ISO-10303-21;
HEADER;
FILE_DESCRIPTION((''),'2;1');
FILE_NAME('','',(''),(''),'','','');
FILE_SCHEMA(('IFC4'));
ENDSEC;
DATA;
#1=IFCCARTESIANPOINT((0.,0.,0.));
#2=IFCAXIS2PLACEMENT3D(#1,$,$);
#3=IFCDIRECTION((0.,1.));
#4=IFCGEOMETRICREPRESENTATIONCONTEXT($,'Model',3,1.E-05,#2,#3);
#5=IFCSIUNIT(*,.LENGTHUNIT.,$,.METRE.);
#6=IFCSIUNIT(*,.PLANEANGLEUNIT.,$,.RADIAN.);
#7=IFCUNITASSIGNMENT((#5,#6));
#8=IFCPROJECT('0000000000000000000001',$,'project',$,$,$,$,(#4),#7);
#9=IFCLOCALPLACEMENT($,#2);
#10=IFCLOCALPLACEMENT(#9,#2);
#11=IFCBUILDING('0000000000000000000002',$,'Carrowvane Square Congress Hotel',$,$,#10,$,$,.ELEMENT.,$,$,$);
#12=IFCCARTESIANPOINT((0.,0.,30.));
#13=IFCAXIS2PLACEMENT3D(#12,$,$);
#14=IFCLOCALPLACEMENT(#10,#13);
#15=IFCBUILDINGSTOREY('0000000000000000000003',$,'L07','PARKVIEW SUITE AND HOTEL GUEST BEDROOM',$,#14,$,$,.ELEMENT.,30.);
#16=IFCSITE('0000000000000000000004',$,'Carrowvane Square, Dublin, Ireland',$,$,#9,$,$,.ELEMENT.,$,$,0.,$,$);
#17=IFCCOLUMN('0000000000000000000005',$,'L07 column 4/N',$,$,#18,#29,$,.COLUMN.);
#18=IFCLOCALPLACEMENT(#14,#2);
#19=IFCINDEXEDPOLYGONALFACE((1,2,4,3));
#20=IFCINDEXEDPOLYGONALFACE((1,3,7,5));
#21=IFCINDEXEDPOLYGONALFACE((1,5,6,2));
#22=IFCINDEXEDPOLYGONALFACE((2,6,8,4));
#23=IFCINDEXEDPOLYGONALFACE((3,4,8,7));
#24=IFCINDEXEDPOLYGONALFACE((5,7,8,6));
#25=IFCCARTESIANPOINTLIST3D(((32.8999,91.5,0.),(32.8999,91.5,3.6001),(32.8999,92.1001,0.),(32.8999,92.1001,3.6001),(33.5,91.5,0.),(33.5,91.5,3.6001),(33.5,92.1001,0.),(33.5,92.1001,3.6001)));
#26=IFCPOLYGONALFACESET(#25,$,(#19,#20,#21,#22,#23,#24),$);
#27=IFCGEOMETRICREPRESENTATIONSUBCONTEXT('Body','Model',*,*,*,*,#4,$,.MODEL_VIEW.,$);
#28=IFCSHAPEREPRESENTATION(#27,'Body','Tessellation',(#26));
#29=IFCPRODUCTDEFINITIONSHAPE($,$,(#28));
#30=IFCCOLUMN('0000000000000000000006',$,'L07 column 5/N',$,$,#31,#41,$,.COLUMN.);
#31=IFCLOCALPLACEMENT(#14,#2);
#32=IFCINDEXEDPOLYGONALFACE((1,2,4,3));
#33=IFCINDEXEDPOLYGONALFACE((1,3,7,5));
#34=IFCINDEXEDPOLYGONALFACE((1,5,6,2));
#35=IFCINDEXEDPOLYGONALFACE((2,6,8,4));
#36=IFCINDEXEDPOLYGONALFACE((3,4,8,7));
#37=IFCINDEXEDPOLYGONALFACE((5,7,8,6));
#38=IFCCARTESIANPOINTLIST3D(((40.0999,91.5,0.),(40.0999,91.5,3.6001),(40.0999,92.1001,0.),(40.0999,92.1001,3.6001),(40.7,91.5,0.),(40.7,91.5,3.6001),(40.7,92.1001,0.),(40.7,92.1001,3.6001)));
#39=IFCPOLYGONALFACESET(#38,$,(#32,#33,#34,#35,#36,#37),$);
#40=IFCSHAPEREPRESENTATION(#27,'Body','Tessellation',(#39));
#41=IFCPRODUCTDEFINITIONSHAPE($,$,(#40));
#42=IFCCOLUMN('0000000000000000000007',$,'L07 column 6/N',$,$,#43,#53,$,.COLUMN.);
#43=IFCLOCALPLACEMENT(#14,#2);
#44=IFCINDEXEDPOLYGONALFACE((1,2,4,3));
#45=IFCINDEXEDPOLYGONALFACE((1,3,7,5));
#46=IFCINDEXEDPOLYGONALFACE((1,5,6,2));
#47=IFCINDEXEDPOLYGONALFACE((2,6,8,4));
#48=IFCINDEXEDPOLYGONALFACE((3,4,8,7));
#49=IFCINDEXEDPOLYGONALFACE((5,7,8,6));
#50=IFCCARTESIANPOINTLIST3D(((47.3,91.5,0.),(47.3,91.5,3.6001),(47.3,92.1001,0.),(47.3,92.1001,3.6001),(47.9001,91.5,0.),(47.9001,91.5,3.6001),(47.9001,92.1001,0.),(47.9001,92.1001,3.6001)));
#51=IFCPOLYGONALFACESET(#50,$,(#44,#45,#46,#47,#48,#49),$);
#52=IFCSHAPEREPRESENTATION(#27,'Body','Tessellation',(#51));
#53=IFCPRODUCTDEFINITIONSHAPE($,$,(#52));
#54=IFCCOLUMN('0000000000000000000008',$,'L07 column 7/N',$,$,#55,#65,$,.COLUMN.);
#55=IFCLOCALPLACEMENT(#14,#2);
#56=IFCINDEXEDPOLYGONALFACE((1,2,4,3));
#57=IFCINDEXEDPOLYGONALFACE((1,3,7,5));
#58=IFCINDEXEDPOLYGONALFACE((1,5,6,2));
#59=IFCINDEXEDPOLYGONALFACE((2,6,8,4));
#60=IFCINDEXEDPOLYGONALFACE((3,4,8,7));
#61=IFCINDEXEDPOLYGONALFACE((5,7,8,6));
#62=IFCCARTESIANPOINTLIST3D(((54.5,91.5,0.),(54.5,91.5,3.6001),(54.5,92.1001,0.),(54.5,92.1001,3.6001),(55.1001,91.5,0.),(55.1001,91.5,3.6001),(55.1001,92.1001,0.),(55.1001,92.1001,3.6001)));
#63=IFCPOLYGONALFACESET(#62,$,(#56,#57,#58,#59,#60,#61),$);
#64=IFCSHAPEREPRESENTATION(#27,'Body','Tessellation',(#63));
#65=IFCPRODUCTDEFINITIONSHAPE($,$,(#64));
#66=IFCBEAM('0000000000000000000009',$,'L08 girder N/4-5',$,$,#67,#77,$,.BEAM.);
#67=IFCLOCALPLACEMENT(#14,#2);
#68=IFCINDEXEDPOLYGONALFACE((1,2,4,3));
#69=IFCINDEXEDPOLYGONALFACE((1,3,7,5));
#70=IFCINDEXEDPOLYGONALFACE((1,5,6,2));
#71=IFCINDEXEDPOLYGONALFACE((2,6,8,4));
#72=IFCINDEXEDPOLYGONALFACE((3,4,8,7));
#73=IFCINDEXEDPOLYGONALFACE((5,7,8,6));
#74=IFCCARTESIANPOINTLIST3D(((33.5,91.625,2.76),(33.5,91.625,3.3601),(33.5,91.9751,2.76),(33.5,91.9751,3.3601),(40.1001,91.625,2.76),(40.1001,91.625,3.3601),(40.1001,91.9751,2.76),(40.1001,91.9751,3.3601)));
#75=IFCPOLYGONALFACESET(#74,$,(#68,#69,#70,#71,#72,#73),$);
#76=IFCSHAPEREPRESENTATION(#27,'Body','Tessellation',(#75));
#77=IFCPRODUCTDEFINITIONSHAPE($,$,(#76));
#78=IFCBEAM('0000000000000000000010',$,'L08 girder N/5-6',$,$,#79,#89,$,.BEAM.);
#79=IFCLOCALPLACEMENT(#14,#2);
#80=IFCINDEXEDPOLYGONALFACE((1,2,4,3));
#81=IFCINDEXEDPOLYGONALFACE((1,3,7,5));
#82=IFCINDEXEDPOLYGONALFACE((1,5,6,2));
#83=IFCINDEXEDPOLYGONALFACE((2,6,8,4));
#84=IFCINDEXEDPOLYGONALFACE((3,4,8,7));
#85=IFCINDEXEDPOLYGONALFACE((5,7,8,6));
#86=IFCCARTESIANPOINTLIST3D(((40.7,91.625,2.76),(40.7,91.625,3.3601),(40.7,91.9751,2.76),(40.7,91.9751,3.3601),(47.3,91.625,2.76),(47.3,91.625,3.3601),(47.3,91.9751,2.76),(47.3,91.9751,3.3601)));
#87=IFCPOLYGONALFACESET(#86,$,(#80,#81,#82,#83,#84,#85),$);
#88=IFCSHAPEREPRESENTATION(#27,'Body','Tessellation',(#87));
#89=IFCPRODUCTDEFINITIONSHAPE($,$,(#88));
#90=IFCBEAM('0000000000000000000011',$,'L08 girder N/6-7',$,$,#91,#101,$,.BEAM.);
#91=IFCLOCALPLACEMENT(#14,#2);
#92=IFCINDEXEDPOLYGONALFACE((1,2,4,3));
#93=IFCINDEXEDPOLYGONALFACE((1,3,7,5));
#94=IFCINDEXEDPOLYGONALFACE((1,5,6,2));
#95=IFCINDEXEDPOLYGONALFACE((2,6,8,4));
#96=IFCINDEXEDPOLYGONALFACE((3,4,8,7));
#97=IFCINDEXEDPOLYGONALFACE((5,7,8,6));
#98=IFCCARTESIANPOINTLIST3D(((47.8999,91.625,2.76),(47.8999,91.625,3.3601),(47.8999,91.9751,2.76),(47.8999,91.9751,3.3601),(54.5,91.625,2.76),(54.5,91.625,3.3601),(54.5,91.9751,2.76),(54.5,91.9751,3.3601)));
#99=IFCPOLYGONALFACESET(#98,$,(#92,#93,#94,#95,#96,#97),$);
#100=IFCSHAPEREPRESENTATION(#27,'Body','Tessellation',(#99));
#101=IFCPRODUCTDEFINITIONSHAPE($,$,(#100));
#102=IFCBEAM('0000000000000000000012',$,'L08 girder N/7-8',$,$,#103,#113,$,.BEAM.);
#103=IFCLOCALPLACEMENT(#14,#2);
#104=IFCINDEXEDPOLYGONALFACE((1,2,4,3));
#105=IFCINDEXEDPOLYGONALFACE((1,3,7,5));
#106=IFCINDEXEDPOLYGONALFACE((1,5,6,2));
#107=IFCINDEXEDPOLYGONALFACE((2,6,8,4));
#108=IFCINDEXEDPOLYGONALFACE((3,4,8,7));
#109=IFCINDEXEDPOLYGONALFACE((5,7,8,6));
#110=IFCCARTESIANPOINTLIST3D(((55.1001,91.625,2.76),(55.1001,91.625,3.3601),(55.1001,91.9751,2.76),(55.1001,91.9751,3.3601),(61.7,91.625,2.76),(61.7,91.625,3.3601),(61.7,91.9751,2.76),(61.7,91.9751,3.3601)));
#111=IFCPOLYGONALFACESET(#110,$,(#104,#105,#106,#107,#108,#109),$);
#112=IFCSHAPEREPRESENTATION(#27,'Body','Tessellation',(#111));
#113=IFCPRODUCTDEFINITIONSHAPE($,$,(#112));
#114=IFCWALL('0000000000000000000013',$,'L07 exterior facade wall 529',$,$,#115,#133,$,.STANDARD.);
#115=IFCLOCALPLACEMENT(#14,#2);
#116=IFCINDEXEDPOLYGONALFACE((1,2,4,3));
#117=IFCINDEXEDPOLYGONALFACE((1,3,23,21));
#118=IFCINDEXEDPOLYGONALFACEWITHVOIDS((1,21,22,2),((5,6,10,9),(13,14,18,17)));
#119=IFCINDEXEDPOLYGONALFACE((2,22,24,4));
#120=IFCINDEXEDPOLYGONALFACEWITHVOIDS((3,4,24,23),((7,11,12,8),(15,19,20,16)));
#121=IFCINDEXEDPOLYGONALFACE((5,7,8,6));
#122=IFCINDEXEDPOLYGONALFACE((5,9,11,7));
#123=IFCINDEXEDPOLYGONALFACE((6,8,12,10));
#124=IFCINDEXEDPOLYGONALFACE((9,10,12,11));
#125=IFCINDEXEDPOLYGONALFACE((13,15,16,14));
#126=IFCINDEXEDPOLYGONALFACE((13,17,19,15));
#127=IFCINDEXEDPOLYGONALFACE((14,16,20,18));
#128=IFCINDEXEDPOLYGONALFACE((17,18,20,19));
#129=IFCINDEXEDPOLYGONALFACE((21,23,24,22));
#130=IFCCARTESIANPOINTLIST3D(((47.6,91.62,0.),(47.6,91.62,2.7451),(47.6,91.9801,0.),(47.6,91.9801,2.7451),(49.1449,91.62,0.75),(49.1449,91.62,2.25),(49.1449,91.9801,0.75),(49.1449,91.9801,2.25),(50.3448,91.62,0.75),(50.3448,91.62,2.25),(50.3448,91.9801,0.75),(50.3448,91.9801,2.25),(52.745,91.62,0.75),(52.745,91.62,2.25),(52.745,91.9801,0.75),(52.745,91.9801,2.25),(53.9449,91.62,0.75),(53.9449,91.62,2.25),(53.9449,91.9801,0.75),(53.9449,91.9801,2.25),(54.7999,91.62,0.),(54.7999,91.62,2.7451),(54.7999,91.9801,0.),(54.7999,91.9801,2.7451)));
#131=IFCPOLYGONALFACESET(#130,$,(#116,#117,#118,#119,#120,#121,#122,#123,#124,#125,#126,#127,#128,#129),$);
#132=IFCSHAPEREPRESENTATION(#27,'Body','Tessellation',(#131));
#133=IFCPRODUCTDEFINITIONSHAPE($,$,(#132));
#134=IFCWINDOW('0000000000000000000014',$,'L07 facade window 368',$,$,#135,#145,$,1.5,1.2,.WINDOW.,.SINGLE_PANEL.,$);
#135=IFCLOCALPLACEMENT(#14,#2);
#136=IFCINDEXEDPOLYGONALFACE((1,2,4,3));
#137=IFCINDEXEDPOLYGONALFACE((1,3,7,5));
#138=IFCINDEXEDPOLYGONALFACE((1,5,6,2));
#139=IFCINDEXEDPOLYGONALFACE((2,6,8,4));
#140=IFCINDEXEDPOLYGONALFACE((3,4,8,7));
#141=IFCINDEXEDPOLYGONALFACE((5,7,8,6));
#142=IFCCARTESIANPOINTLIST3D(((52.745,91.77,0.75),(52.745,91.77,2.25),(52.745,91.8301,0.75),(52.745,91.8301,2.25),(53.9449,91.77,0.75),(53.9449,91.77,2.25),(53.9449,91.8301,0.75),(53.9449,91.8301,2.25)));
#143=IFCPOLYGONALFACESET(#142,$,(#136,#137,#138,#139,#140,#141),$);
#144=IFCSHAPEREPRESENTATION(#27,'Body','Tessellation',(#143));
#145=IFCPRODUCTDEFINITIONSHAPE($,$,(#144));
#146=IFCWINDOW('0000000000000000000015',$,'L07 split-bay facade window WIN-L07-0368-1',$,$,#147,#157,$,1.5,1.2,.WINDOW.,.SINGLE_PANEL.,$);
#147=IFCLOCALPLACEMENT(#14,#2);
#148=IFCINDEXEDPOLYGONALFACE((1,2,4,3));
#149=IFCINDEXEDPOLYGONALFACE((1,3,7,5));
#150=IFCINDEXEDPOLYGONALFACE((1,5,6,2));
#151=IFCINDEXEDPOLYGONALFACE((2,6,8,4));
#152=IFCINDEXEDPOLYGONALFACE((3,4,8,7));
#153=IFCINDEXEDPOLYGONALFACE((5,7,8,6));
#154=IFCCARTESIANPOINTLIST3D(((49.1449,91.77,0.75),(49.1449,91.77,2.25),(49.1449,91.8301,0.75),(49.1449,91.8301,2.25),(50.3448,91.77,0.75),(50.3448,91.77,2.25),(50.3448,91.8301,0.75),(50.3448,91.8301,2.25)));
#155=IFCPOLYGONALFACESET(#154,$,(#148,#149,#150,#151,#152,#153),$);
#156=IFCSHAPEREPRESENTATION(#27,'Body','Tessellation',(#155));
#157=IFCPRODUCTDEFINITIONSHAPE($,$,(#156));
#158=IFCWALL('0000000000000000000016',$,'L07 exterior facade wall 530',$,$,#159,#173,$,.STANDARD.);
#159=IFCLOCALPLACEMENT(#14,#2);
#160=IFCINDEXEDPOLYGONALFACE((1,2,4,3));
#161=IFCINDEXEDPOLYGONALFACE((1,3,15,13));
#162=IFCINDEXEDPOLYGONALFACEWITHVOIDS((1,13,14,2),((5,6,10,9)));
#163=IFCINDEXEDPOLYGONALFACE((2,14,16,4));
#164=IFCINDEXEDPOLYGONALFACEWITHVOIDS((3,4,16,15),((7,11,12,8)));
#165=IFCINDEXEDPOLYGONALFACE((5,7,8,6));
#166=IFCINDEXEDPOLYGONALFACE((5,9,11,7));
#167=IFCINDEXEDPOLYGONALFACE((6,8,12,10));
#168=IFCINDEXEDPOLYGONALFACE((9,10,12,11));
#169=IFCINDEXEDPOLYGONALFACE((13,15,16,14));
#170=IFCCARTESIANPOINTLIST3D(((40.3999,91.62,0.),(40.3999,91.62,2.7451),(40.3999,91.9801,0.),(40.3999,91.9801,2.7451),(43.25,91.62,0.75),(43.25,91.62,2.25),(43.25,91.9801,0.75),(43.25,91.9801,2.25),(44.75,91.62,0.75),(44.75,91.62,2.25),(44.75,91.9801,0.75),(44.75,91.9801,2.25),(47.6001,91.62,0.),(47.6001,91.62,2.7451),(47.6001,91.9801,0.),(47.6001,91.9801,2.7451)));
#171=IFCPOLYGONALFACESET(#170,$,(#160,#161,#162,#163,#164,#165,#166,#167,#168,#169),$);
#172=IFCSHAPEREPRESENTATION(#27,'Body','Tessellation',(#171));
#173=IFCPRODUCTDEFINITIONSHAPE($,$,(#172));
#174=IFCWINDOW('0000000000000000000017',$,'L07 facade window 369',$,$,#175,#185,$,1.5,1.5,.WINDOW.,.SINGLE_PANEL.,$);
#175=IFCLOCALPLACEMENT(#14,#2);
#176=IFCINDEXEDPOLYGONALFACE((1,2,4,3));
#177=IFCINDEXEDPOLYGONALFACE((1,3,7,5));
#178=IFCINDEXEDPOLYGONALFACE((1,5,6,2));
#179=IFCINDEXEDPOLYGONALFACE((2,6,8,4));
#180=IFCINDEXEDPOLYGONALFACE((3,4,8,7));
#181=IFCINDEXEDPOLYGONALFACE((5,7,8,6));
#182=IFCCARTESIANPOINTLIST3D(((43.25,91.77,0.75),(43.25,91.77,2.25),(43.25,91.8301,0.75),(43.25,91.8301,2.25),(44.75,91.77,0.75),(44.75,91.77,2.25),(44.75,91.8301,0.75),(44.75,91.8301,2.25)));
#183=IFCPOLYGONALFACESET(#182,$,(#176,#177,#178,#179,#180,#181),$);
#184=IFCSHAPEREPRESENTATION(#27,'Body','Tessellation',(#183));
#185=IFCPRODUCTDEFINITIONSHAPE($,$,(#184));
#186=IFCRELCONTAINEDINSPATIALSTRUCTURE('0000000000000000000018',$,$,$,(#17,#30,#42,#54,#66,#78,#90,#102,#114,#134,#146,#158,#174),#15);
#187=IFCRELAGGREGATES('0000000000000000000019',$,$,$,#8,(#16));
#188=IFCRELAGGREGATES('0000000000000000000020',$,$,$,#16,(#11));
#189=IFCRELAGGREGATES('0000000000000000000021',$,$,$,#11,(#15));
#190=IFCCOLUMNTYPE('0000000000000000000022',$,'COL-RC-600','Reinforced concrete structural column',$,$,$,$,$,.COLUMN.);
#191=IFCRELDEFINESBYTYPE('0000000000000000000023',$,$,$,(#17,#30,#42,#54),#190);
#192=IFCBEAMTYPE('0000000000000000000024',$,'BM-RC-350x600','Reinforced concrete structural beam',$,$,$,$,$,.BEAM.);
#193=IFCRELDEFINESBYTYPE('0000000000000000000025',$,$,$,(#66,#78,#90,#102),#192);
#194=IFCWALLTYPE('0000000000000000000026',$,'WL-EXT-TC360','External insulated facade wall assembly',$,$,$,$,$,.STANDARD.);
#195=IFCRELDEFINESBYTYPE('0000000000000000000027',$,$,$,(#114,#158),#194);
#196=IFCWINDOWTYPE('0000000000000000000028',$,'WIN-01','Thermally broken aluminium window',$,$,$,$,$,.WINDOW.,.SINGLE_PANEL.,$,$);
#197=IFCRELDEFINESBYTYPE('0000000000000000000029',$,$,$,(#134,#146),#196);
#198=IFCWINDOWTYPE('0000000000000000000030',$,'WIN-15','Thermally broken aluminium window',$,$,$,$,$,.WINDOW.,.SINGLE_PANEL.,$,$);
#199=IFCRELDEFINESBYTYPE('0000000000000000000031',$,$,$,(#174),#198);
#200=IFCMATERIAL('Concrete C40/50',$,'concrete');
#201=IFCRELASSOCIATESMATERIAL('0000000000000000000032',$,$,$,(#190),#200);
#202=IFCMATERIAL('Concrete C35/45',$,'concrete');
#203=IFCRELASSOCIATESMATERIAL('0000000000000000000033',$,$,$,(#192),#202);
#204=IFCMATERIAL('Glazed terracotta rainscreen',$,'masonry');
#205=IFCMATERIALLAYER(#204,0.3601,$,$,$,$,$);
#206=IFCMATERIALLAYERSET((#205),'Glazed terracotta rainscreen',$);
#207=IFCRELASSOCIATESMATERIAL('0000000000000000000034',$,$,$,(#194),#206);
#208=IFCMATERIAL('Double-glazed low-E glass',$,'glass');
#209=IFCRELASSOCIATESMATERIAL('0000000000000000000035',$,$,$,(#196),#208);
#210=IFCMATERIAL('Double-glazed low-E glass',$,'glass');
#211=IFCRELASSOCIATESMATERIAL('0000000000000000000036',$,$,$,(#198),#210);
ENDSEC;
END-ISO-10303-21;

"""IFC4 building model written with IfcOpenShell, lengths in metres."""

from ifc_helpers import new_model, si_unit, direction, frame, frame_2d, origin, origin_2d, place, context, subcontext, project, spatial, rectangle, extrude, material, layer, layer_set, material_profile, profile_set, type_object, element, fill, save


model = new_model("IFC4")

# Units and contexts
model_context = context("Model", 3, precision=1e-05, world=origin(), true_north=direction((0.0, 1.0)))
body_context = subcontext(model_context, "Body", "Model", "MODEL_VIEW")
ifc_project = project(units=[si_unit("LENGTHUNIT", "METRE"), si_unit("PLANEANGLEUNIT", "RADIAN")], contexts=[model_context])

# Site, building, storey
site_placement = place(None, origin())
site = spatial("IfcSite", under=ifc_project, at=site_placement, Name="Carrowvane Square, Dublin, Ireland", CompositionType="ELEMENT", RefElevation=0.0)
building_placement = place(site_placement, origin())
building = spatial("IfcBuilding", under=site, at=building_placement, Name="Carrowvane Square Congress Hotel", CompositionType="ELEMENT")
storey_placement = place(building_placement, frame((0.0, 0.0, 30.0)))
storey = spatial("IfcBuildingStorey", under=building, at=storey_placement, Name="L07", Description="PARKVIEW SUITE AND HOTEL GUEST BEDROOM", CompositionType="ELEMENT", Elevation=30.0)

# Columns
ifc_material_1 = material(Name="Concrete C40/50", Category="concrete")
ifc_material_profile_1 = material_profile(ifc_material_1, rectangle(XDim=0.6001, YDim=0.6001, at=origin_2d()), Name="RC 600x600")
ifc_profile_set_1 = profile_set([ifc_material_profile_1], Name="Concrete C40/50")
column_type = type_object("IfcColumnType", Name="COL-RC-600", Description="Reinforced concrete structural column", PredefinedType="COLUMN", material=ifc_profile_set_1)
for number, where, z_axis, x_axis, name in (
    (1, (33.2, 91.8, 0.0), (0.0, 0.0, 1.0), (1.0, 0.0, 0.0), "L07 column 4/N"),
    (2, (40.3999, 91.8, 0.0), (0.0, 0.0, 1.0), (1.0, 0.0, 0.0), "L07 column 5/N"),
    (3, (47.6001, 91.8, 0.0), (0.0, 0.0, 1.0), (1.0, 0.0, 0.0), "L07 column 6/N"),
    (4, (54.8, 91.8, 0.0), (0.0, 0.0, 1.0), (1.0, 0.0, 0.0), "L07 column 7/N"),
):
    element("IfcColumn", number, at=place(storey_placement, frame(where, z_axis=z_axis, x_axis=x_axis)), inside=storey, type_object=column_type, Name=name, PredefinedType="COLUMN", context=body_context, shape_type="SweptSolid", body=[
        extrude(rectangle(XDim=0.6001, YDim=0.6001, at=origin_2d()), origin(), (0.0, 0.0, 1.0), 3.6001),
    ])

# Beams
ifc_material_2 = material(Name="Concrete C35/45", Category="concrete")
ifc_material_profile_2 = material_profile(ifc_material_2, rectangle(XDim=0.3501, YDim=0.6001, at=origin_2d()), Name="RC 350x600")
ifc_profile_set_2 = profile_set([ifc_material_profile_2], Name="Concrete C35/45")
beam_type = type_object("IfcBeamType", Name="BM-RC-350x600", Description="Reinforced concrete structural beam", PredefinedType="BEAM", material=ifc_profile_set_2)
for number, where, z_axis, x_axis, name in (
    (5, (33.5, 91.8, 3.0601), (1.0, 0.0, 0.0), (0.0, 1.0, 0.0), "L08 girder N/4-5"),
    (6, (40.7, 91.8, 3.0601), (1.0, 0.0, 0.0), (0.0, 1.0, 0.0), "L08 girder N/5-6"),
    (7, (47.8999, 91.8, 3.0601), (1.0, 0.0, 0.0), (0.0, 1.0, 0.0), "L08 girder N/6-7"),
):
    element("IfcBeam", number, at=place(storey_placement, frame(where, z_axis=z_axis, x_axis=x_axis)), inside=storey, type_object=beam_type, Name=name, PredefinedType="BEAM", context=body_context, shape_type="SweptSolid", body=[
        extrude(rectangle(XDim=0.3501, YDim=0.6001, at=origin_2d()), origin(), (0.0, 0.0, 1.0), 6.6001),
    ])
beam_placement = place(storey_placement, frame((55.1001, 91.8, 3.0601), z_axis=(1.0, 0.0, 0.0), x_axis=(0.0, 1.0, 0.0)))
element("IfcBeam", 8, at=beam_placement, inside=storey, type_object=beam_type, Name="L08 girder N/7-8", PredefinedType="BEAM", context=body_context, shape_type="SweptSolid", body=[
    extrude(rectangle(XDim=0.3501, YDim=0.6001, at=origin_2d()), origin(), (0.0, 0.0, 1.0), 6.5999),
])

# Wall, openings, windows
ifc_material_3 = material(Name="Glazed terracotta rainscreen", Category="masonry")
ifc_layer = layer(ifc_material_3, 0.3601)
ifc_layer_set = layer_set([ifc_layer], Name="Glazed terracotta rainscreen")
wall_type = type_object("IfcWallType", Name="WL-EXT-TC360", Description="External insulated facade wall assembly", PredefinedType="STANDARD", material=ifc_layer_set)
wall_1_placement = place(storey_placement, frame((54.8, 91.8, 0.0), z_axis=(0.0, 0.0, 1.0), x_axis=(-1.0, 0.0, 0.0)))
wall_1 = element("IfcWall", 9, at=wall_1_placement, inside=storey, type_object=wall_type, Name="L07 exterior facade wall 529", PredefinedType="STANDARD", context=body_context, shape_type="SweptSolid", body=[
    extrude(rectangle(XDim=7.2, YDim=0.3601, at=frame_2d((3.6001, 0.0))), origin(), (0.0, 0.0, 1.0), 2.7451),
])
opening_1_placement = place(wall_1_placement, frame((0.855, 0.0, 0.75)))
opening_1 = element("IfcOpeningElement", 10, at=opening_1_placement, cuts=wall_1, PredefinedType="OPENING", context=body_context, shape_type="SweptSolid", body=[
    extrude(rectangle(XDim=1.2, YDim=1.5, at=frame_2d((0.6001, 0.75))), frame((0.0, 0.1899, 0.0), z_axis=(0.0, -1.0, 0.0), x_axis=(1.0, 0.0, 0.0)), (0.0, 0.0, 1.0), 0.3801),
])
opening_2_placement = place(wall_1_placement, frame((4.4551, 0.0, 0.75)))
opening_2 = element("IfcOpeningElement", 11, at=opening_2_placement, cuts=wall_1, PredefinedType="OPENING", context=body_context, shape_type="SweptSolid", body=[
    extrude(rectangle(XDim=1.2, YDim=1.5, at=frame_2d((0.6001, 0.75))), frame((0.0, 0.1899, 0.0), z_axis=(0.0, -1.0, 0.0), x_axis=(1.0, 0.0, 0.0)), (0.0, 0.0, 1.0), 0.3801),
])
ifc_material_4 = material(Name="Double-glazed low-E glass", Category="glass")
window_type_1 = type_object("IfcWindowType", Name="WIN-01", Description="Thermally broken aluminium window", PartitioningType="SINGLE_PANEL", PredefinedType="WINDOW", material=ifc_material_4)
window_1_placement = place(opening_1_placement, origin())
window_1 = element("IfcWindow", 12, at=window_1_placement, inside=storey, type_object=window_type_1, Name="L07 facade window 368", OverallHeight=1.5, OverallWidth=1.2, PartitioningType="SINGLE_PANEL", PredefinedType="WINDOW", context=body_context, shape_type="SweptSolid", body=[
    extrude(rectangle(XDim=1.2, YDim=1.5, at=frame_2d((0.6001, 0.75))), frame((0.0, 0.03, 0.0), z_axis=(0.0, -1.0, 0.0), x_axis=(1.0, 0.0, 0.0)), (0.0, 0.0, 1.0), 0.0601),
])
fill(opening_1, window_1)
window_2_placement = place(opening_2_placement, origin())
window_2 = element("IfcWindow", 13, at=window_2_placement, inside=storey, type_object=window_type_1, Name="L07 split-bay facade window WIN-L07-0368-1", OverallHeight=1.5, OverallWidth=1.2, PartitioningType="SINGLE_PANEL", PredefinedType="WINDOW", context=body_context, shape_type="SweptSolid", body=[
    extrude(rectangle(XDim=1.2, YDim=1.5, at=frame_2d((0.6001, 0.75))), frame((0.0, 0.03, 0.0), z_axis=(0.0, -1.0, 0.0), x_axis=(1.0, 0.0, 0.0)), (0.0, 0.0, 1.0), 0.0601),
])
fill(opening_2, window_2)

# Wall, opening, window
wall_2_placement = place(storey_placement, frame((47.6001, 91.8, 0.0), z_axis=(0.0, 0.0, 1.0), x_axis=(-1.0, 0.0, 0.0)))
wall_2 = element("IfcWall", 14, at=wall_2_placement, inside=storey, type_object=wall_type, Name="L07 exterior facade wall 530", PredefinedType="STANDARD", context=body_context, shape_type="SweptSolid", body=[
    extrude(rectangle(XDim=7.2002, YDim=0.3601, at=frame_2d((3.6001, 0.0))), origin(), (0.0, 0.0, 1.0), 2.7451),
])
opening_3_placement = place(wall_2_placement, frame((2.8501, 0.0, 0.75)))
opening_3 = element("IfcOpeningElement", 15, at=opening_3_placement, cuts=wall_2, PredefinedType="OPENING", context=body_context, shape_type="SweptSolid", body=[
    extrude(rectangle(XDim=1.5, YDim=1.5, at=frame_2d((0.75, 0.75))), frame((0.0, 0.1899, 0.0), z_axis=(0.0, -1.0, 0.0), x_axis=(1.0, 0.0, 0.0)), (0.0, 0.0, 1.0), 0.3801),
])
ifc_material_5 = material(Name="Double-glazed low-E glass", Category="glass")
window_type_2 = type_object("IfcWindowType", Name="WIN-15", Description="Thermally broken aluminium window", PartitioningType="SINGLE_PANEL", PredefinedType="WINDOW", material=ifc_material_5)
window_3_placement = place(opening_3_placement, origin())
window_3 = element("IfcWindow", 16, at=window_3_placement, inside=storey, type_object=window_type_2, Name="L07 facade window 369", OverallHeight=1.5, OverallWidth=1.5, PartitioningType="SINGLE_PANEL", PredefinedType="WINDOW", context=body_context, shape_type="SweptSolid", body=[
    extrude(rectangle(XDim=1.5, YDim=1.5, at=frame_2d((0.75, 0.75))), frame((0.0, 0.03, 0.0), z_axis=(0.0, -1.0, 0.0), x_axis=(1.0, 0.0, 0.0)), (0.0, 0.0, 1.0), 0.0601),
])
fill(opening_3, window_3)

save(model, "model.ifc")
